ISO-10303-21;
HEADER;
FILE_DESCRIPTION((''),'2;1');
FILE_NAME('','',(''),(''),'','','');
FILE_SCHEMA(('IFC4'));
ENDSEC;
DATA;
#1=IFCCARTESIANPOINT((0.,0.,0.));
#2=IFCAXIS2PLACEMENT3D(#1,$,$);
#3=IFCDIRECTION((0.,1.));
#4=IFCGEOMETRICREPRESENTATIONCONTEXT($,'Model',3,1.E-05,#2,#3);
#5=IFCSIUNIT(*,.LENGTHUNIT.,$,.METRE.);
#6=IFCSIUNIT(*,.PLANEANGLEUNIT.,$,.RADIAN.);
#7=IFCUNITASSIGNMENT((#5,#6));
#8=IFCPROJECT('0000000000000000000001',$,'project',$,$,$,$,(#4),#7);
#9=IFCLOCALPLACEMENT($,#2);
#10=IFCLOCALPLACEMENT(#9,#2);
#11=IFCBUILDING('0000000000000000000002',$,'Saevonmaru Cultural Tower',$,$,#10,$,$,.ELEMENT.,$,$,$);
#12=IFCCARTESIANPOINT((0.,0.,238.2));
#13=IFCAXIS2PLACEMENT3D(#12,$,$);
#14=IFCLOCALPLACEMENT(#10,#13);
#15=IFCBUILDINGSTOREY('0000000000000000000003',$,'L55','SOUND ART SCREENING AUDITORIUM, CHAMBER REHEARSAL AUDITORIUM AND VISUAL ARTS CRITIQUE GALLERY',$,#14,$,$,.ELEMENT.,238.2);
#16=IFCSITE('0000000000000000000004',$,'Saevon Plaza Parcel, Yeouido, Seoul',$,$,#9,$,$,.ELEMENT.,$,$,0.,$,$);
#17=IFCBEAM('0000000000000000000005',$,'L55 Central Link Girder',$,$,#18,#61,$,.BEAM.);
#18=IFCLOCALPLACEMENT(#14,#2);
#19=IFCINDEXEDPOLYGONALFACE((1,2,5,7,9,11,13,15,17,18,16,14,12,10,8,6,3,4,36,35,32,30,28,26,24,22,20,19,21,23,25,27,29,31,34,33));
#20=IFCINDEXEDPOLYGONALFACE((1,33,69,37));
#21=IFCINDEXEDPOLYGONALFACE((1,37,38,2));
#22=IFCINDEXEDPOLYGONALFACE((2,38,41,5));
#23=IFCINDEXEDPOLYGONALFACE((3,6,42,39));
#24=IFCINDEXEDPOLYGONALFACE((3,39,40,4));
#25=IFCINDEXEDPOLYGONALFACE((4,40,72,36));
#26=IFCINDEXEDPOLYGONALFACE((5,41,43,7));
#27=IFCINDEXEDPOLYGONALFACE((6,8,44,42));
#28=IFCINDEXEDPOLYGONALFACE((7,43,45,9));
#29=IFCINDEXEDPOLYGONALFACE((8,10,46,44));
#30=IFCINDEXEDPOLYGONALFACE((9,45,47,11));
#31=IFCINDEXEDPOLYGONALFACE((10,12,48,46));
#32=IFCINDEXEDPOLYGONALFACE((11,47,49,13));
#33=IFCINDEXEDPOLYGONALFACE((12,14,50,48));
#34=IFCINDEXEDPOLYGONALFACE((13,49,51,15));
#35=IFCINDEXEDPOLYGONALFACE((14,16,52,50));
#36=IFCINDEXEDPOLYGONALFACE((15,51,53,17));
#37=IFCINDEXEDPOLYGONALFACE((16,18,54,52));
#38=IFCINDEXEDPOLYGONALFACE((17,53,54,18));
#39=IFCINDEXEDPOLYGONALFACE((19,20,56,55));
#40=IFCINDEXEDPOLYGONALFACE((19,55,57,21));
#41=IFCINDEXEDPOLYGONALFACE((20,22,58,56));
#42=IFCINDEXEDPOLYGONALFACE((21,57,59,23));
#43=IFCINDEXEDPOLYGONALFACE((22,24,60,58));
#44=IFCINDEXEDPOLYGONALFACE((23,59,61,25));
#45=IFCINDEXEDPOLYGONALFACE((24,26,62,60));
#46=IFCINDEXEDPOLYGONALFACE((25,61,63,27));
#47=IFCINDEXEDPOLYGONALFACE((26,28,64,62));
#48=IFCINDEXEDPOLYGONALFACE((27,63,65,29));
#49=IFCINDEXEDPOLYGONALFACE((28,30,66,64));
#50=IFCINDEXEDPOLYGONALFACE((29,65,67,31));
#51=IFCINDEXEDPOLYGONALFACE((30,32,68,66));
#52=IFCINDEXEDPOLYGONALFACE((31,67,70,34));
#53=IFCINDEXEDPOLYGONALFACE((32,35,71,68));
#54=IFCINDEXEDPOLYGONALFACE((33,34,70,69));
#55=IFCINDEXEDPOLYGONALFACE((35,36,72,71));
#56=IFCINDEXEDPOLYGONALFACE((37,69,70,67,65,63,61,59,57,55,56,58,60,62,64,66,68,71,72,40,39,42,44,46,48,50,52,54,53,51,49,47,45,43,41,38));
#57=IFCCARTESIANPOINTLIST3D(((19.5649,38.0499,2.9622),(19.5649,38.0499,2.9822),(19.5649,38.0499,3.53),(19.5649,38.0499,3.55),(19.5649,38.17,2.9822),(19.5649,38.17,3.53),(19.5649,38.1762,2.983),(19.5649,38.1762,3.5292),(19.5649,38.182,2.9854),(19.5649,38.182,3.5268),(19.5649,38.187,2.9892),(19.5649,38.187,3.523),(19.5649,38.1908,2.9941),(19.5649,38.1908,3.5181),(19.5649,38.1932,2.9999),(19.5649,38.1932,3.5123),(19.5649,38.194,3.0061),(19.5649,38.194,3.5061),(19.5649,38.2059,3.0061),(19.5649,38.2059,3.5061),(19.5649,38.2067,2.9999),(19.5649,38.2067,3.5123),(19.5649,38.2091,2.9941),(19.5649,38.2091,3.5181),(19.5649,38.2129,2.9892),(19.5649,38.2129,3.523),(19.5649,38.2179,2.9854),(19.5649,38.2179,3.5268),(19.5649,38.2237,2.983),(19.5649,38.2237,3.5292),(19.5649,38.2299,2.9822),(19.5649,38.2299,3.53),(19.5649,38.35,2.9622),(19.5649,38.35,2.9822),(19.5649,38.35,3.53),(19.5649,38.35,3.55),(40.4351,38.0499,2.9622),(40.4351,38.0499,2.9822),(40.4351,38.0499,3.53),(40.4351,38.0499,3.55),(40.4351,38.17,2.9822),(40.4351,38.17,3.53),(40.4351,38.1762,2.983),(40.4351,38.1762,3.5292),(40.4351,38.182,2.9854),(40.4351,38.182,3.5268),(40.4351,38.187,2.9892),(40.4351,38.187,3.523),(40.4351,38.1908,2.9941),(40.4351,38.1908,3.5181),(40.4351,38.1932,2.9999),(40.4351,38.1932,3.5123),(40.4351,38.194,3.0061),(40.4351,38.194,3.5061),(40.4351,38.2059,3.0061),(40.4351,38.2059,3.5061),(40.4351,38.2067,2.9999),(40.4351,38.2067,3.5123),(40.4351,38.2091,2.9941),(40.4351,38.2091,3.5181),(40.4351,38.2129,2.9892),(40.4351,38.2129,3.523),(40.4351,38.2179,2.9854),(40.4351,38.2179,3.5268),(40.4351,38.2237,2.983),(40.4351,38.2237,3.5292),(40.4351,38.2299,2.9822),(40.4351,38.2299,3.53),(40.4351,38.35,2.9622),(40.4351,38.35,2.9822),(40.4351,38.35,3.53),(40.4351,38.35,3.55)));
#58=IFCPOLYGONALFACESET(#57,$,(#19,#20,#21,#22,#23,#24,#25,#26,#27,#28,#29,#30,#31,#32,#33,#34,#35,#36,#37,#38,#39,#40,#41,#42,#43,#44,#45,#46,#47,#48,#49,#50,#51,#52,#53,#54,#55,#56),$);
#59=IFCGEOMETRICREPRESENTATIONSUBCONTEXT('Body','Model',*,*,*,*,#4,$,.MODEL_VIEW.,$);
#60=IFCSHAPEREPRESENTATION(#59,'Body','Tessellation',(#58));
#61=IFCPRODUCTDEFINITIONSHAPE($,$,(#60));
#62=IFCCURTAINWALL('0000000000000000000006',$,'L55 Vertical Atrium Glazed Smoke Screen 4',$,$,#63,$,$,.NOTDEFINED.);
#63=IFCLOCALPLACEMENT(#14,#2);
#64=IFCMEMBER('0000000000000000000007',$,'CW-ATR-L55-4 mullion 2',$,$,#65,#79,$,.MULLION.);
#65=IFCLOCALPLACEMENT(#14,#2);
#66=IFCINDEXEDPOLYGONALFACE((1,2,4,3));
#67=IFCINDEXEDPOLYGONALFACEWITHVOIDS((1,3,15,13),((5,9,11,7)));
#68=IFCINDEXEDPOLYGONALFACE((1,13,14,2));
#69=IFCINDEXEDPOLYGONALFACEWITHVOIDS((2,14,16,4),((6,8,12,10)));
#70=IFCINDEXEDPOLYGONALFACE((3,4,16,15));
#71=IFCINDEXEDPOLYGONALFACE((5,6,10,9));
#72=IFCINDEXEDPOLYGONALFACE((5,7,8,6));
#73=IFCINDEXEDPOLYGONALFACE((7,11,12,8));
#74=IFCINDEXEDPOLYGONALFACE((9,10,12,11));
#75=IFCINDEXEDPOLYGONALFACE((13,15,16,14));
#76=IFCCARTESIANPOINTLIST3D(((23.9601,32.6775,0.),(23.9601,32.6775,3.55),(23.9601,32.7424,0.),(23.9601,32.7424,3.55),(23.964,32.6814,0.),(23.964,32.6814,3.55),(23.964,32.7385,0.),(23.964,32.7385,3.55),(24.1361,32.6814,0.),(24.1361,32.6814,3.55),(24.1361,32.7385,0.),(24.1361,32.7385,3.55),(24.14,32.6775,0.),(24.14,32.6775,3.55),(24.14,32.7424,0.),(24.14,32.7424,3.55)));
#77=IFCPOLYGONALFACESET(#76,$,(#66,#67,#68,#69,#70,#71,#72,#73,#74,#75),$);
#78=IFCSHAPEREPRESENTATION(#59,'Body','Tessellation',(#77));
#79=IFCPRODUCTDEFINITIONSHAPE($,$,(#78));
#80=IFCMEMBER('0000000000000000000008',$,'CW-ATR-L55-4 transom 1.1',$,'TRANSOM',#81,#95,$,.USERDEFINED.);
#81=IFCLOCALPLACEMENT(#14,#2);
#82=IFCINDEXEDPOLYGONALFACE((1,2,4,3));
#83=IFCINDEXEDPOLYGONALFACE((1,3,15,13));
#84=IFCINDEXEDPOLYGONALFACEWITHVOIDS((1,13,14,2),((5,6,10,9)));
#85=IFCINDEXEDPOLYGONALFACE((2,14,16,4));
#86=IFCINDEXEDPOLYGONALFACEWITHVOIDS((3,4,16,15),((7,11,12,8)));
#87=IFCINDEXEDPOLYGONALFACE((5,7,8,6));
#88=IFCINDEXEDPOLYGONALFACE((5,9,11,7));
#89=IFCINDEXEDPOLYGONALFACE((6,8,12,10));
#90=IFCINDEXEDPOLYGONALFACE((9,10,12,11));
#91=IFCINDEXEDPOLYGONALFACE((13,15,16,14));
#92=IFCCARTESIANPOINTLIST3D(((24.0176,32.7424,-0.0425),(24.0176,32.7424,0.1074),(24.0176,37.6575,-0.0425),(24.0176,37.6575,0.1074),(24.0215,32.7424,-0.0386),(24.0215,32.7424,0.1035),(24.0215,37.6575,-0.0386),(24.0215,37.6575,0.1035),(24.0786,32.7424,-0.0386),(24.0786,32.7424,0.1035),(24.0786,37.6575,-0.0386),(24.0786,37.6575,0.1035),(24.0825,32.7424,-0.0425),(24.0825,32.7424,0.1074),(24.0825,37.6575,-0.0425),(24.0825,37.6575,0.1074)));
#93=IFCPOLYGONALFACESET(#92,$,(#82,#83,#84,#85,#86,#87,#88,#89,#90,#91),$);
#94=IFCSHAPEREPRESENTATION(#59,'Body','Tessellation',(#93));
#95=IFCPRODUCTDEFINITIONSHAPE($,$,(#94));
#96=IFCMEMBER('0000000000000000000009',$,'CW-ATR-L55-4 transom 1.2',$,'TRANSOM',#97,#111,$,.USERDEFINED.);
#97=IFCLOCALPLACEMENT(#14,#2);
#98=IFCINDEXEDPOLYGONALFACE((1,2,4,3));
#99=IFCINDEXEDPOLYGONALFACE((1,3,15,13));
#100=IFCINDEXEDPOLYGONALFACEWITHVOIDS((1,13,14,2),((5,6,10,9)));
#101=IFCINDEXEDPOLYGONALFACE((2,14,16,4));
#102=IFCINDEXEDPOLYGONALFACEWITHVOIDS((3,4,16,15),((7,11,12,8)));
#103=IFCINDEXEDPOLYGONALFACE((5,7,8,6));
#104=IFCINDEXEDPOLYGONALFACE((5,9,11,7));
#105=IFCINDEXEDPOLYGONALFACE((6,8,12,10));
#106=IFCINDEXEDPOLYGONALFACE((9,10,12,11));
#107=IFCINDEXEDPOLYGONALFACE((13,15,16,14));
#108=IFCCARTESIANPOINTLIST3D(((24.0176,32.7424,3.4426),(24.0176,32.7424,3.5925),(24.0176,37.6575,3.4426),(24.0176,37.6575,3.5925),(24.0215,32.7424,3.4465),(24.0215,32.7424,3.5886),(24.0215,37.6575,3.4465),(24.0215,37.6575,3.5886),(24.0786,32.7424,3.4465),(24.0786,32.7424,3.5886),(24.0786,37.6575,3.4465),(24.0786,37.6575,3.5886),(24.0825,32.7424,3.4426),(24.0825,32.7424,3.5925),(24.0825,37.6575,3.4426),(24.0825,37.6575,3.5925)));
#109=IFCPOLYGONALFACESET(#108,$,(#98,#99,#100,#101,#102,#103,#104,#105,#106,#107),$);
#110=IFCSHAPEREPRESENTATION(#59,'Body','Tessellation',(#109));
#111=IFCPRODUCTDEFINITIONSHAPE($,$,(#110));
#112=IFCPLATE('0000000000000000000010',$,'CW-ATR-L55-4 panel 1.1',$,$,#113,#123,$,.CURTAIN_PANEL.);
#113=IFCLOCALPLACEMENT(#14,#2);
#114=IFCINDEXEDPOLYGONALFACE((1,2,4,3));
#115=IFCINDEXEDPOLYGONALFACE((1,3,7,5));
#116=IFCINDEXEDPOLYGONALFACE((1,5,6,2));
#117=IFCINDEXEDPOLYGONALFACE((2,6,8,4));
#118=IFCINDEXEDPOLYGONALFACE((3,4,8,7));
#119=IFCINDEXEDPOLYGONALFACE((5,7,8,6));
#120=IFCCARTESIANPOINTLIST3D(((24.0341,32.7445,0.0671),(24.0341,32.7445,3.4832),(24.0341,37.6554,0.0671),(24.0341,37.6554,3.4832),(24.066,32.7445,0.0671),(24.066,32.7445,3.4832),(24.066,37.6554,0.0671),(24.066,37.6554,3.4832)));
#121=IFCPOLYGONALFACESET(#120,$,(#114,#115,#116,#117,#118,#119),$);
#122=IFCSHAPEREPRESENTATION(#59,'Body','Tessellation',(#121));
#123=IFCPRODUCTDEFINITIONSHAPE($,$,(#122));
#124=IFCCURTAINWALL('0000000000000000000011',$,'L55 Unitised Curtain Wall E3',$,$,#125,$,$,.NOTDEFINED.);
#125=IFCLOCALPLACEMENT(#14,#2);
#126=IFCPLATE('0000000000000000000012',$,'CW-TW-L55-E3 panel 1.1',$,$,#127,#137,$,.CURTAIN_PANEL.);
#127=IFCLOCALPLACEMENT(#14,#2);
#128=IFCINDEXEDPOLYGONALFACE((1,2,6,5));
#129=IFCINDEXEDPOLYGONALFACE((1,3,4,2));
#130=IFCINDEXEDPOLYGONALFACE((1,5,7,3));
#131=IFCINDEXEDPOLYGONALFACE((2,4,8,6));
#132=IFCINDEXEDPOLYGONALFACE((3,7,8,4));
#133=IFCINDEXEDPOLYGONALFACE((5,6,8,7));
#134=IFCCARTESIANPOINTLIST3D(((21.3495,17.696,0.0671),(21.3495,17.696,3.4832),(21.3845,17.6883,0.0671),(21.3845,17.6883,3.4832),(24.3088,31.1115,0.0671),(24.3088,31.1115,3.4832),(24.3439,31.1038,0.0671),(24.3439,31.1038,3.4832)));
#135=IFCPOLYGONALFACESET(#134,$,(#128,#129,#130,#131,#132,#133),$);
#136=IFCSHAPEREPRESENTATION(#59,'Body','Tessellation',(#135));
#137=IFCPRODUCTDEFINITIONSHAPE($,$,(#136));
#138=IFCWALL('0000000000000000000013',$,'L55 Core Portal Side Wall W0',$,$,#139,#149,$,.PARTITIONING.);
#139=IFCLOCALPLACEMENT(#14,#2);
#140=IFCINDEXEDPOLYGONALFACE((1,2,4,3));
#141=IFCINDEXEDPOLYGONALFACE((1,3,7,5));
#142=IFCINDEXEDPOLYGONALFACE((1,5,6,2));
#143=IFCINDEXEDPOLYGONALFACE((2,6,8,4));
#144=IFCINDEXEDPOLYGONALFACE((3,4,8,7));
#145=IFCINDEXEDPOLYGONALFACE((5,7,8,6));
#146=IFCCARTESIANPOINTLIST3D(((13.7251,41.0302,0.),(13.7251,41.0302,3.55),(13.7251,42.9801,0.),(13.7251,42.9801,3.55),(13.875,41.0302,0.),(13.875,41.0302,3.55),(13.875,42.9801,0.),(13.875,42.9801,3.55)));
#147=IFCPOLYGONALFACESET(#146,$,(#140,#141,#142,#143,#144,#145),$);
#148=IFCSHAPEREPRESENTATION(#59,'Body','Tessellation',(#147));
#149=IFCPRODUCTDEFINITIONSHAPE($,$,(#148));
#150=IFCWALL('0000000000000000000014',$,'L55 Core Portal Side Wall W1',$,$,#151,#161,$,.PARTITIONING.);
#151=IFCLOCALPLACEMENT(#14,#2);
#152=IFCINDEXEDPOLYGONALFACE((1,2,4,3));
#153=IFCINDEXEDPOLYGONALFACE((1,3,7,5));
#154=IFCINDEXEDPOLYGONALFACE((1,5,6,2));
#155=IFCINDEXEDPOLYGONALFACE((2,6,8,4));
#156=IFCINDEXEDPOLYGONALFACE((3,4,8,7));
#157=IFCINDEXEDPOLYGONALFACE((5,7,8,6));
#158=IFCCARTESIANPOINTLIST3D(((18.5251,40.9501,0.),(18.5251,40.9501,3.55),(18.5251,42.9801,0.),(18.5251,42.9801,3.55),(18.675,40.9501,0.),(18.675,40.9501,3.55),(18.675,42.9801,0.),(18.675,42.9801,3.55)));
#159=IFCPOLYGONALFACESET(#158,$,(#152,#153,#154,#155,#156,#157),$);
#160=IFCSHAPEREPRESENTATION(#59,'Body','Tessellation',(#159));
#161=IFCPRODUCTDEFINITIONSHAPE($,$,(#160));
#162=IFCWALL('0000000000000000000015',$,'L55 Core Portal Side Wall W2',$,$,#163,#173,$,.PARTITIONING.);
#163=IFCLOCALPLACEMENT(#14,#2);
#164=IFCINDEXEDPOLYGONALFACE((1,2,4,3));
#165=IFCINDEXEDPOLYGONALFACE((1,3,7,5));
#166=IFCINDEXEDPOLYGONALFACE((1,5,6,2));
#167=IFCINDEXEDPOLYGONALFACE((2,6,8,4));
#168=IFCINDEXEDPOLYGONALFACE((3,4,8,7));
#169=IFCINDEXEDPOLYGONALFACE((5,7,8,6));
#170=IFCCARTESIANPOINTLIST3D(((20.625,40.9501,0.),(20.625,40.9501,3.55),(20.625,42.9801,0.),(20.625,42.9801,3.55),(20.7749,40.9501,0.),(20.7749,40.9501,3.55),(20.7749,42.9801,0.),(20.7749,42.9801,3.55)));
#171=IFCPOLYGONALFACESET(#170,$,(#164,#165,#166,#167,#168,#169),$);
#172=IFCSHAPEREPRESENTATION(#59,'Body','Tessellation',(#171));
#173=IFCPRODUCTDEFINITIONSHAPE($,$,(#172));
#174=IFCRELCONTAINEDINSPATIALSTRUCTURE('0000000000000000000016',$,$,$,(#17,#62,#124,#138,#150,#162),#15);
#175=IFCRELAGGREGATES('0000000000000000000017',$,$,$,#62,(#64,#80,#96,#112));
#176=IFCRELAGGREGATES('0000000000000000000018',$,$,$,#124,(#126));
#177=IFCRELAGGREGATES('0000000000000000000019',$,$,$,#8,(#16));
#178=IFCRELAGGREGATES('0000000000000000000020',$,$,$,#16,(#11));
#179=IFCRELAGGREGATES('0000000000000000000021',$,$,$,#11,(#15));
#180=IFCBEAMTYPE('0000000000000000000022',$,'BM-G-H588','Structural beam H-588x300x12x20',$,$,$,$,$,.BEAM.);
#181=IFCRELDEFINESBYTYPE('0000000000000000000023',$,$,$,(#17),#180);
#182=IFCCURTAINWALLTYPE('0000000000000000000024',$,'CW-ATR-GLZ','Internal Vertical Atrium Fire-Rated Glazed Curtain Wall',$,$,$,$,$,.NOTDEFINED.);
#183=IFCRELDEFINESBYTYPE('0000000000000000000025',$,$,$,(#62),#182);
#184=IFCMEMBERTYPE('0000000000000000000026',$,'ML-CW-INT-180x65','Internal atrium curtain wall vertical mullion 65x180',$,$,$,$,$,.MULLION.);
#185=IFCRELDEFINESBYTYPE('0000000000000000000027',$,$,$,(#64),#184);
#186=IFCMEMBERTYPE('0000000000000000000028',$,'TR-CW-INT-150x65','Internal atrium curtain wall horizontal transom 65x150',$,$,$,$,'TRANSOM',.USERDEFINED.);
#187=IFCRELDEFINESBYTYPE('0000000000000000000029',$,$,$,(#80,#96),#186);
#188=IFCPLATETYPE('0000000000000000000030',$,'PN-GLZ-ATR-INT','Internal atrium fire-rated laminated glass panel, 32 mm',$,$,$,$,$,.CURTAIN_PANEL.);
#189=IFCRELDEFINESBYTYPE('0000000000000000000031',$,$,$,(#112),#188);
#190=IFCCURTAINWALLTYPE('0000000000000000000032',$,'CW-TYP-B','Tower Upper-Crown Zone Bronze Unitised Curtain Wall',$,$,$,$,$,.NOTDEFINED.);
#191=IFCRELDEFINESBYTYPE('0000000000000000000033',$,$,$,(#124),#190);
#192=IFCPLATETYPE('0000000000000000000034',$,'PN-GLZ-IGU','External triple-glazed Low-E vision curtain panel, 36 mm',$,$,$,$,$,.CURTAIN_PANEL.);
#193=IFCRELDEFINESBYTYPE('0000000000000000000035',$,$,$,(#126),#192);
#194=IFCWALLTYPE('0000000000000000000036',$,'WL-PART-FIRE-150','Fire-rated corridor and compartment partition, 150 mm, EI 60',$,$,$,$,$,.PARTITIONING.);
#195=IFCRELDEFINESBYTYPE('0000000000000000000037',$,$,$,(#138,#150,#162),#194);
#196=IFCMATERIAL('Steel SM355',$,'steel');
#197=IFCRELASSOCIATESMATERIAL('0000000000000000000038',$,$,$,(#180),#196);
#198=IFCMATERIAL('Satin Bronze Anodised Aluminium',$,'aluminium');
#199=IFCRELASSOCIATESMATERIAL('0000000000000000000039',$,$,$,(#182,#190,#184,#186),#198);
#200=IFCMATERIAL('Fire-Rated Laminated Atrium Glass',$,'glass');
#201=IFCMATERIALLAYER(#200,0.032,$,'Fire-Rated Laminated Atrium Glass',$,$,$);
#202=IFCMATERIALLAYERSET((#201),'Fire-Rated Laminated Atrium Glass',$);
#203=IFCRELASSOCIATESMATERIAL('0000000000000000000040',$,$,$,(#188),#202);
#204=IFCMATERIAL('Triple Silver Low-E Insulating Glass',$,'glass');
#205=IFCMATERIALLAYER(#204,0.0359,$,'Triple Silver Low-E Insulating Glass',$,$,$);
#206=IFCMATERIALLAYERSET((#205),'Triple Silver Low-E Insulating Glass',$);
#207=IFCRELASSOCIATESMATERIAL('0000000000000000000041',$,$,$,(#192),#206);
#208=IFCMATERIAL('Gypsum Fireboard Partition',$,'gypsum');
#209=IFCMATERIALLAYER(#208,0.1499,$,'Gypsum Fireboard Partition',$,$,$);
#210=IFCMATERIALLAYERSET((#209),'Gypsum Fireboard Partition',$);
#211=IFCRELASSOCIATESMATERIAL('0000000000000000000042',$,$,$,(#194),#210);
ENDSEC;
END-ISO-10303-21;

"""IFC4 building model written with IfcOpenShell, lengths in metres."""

from ifc_helpers import new_model, si_unit, direction, frame, frame_2d, origin, origin_2d, place, context, subcontext, project, spatial, rectangle, hollow_rectangle, i_section, extrude, material, layer, layer_set, material_profile, profile_set, type_object, element, aggregate, save


model = new_model("IFC4")

# Units and contexts
model_context = context("Model", 3, precision=1e-05, world=origin(), true_north=direction((0.0, 1.0)))
body_context = subcontext(model_context, "Body", "Model", "MODEL_VIEW")
ifc_project = project(units=[si_unit("LENGTHUNIT", "METRE"), si_unit("PLANEANGLEUNIT", "RADIAN")], contexts=[model_context])

# Site, building, storey
site_placement = place(None, origin())
site = spatial("IfcSite", under=ifc_project, at=site_placement, Name="Saevon Plaza Parcel, Yeouido, Seoul", CompositionType="ELEMENT", RefElevation=0.0)
building_placement = place(site_placement, origin())
building = spatial("IfcBuilding", under=site, at=building_placement, Name="Saevonmaru Cultural Tower", CompositionType="ELEMENT")
storey_placement = place(building_placement, frame((0.0, 0.0, 238.2)))
storey = spatial("IfcBuildingStorey", under=building, at=storey_placement, Name="L55", Description="SOUND ART SCREENING AUDITORIUM, CHAMBER REHEARSAL AUDITORIUM AND VISUAL ARTS CRITIQUE GALLERY", CompositionType="ELEMENT", Elevation=238.2)

# Shared definitions
ifc_material_1 = material(Name="Steel SM355", Category="steel")

# Beam
ifc_material_profile_1 = material_profile(ifc_material_1, i_section(OverallWidth=0.3, OverallDepth=0.5879, WebThickness=0.012, FlangeThickness=0.02, FilletRadius=0.0239, at=origin_2d()), Name="H-588x300x12x20")
ifc_profile_set_1 = profile_set([ifc_material_profile_1], Name="Steel SM355")
beam_type = type_object("IfcBeamType", Name="BM-G-H588", Description="Structural beam H-588x300x12x20", PredefinedType="BEAM", material=ifc_profile_set_1)
beam_1_placement = place(storey_placement, frame((19.5649, 38.2, 3.2561), z_axis=(1.0, 0.0, 0.0), x_axis=(0.0, 1.0, 0.0)))
element("IfcBeam", 1, at=beam_1_placement, inside=storey, type_object=beam_type, Name="L55 Central Link Girder", PredefinedType="BEAM", context=body_context, shape_type="SweptSolid", body=[
    extrude(i_section(OverallWidth=0.3, OverallDepth=0.5879, WebThickness=0.012, FlangeThickness=0.02, FilletRadius=0.0239, at=origin_2d()), origin(), (0.0, 0.0, 1.0), 20.8701),
])

# Curtain wall, members, plate
ifc_material_2 = material(Name="Satin Bronze Anodised Aluminium", Category="aluminium")
curtain_wall_type_1 = type_object("IfcCurtainWallType", Name="CW-ATR-GLZ", Description="Internal Vertical Atrium Fire-Rated Glazed Curtain Wall", PredefinedType="NOTDEFINED", material=ifc_material_2)
curtain_wall_1_placement = place(storey_placement, origin())
curtain_wall_1 = element("IfcCurtainWall", 2, at=curtain_wall_1_placement, inside=storey, type_object=curtain_wall_type_1, Name="L55 Vertical Atrium Glazed Smoke Screen 4", PredefinedType="NOTDEFINED")
ifc_material_profile_2 = material_profile(ifc_material_2, hollow_rectangle(XDim=0.0649, YDim=0.1799, WallThickness=0.0039, at=origin_2d()), Name="ALU-MULL-180x65x4")
ifc_profile_set_2 = profile_set([ifc_material_profile_2], Name="Satin Bronze Anodised Aluminium")
member_type_1 = type_object("IfcMemberType", Name="ML-CW-INT-180x65", Description="Internal atrium curtain wall vertical mullion 65x180", PredefinedType="MULLION", material=ifc_profile_set_2)
member_1_placement = place(storey_placement, frame((24.05, 32.71, 0.0), z_axis=(0.0, 0.0, 1.0), x_axis=(0.0, -1.0, 0.0)))
member_1 = element("IfcMember", 3, at=member_1_placement, type_object=member_type_1, Name="CW-ATR-L55-4 mullion 2", PredefinedType="MULLION", context=body_context, shape_type="SweptSolid", body=[
    extrude(hollow_rectangle(XDim=0.0649, YDim=0.1799, WallThickness=0.0039, at=origin_2d()), origin(), (0.0, 0.0, 1.0), 3.55),
])
ifc_material_profile_3 = material_profile(ifc_material_2, hollow_rectangle(XDim=0.0649, YDim=0.1499, WallThickness=0.0039, at=origin_2d()), Name="ALU-TRAN-150x65x4")
ifc_profile_set_3 = profile_set([ifc_material_profile_3], Name="Satin Bronze Anodised Aluminium")
member_type_2 = type_object("IfcMemberType", Name="TR-CW-INT-150x65", Description="Internal atrium curtain wall horizontal transom 65x150", ElementType="TRANSOM", PredefinedType="USERDEFINED", material=ifc_profile_set_3)
member_2_placement = place(storey_placement, frame((24.05, 37.6575, 0.0325), z_axis=(0.0, -1.0, 0.0), x_axis=(1.0, 0.0, 0.0)))
member_2 = element("IfcMember", 4, at=member_2_placement, type_object=member_type_2, Name="CW-ATR-L55-4 transom 1.1", ObjectType="TRANSOM", PredefinedType="USERDEFINED", context=body_context, shape_type="SweptSolid", body=[
    extrude(hollow_rectangle(XDim=0.0649, YDim=0.1499, WallThickness=0.0039, at=origin_2d()), origin(), (0.0, 0.0, 1.0), 4.915),
])
member_3_placement = place(storey_placement, frame((24.05, 37.6575, 3.5176), z_axis=(0.0, -1.0, 0.0), x_axis=(1.0, 0.0, 0.0)))
member_3 = element("IfcMember", 5, at=member_3_placement, type_object=member_type_2, Name="CW-ATR-L55-4 transom 1.2", ObjectType="TRANSOM", PredefinedType="USERDEFINED", context=body_context, shape_type="SweptSolid", body=[
    extrude(hollow_rectangle(XDim=0.0649, YDim=0.1499, WallThickness=0.0039, at=origin_2d()), origin(), (0.0, 0.0, 1.0), 4.915),
])
ifc_material_3 = material(Name="Fire-Rated Laminated Atrium Glass", Category="glass")
ifc_layer_1 = layer(ifc_material_3, 0.032, Name="Fire-Rated Laminated Atrium Glass")
ifc_layer_set_1 = layer_set([ifc_layer_1], Name="Fire-Rated Laminated Atrium Glass")
plate_type_1 = type_object("IfcPlateType", Name="PN-GLZ-ATR-INT", Description="Internal atrium fire-rated laminated glass panel, 32 mm", PredefinedType="CURTAIN_PANEL", material=ifc_layer_set_1)
plate_1_placement = place(storey_placement, frame((24.05, 35.2, 0.0671), z_axis=(0.0, 0.0, 1.0), x_axis=(0.0, -1.0, 0.0)))
plate_1 = element("IfcPlate", 6, at=plate_1_placement, type_object=plate_type_1, Name="CW-ATR-L55-4 panel 1.1", PredefinedType="CURTAIN_PANEL", context=body_context, shape_type="SweptSolid", body=[
    extrude(rectangle(XDim=4.9109, YDim=0.032, at=origin_2d()), origin(), (0.0, 0.0, 1.0), 3.416),
])
aggregate(curtain_wall_1, [member_1, member_2, member_3, plate_1])

# Curtain wall, plate
curtain_wall_type_2 = type_object("IfcCurtainWallType", Name="CW-TYP-B", Description="Tower Upper-Crown Zone Bronze Unitised Curtain Wall", PredefinedType="NOTDEFINED", material=ifc_material_2)
curtain_wall_2_placement = place(storey_placement, origin())
curtain_wall_2 = element("IfcCurtainWall", 7, at=curtain_wall_2_placement, inside=storey, type_object=curtain_wall_type_2, Name="L55 Unitised Curtain Wall E3", PredefinedType="NOTDEFINED")
ifc_material_4 = material(Name="Triple Silver Low-E Insulating Glass", Category="glass")
ifc_layer_2 = layer(ifc_material_4, 0.0359, Name="Triple Silver Low-E Insulating Glass")
ifc_layer_set_2 = layer_set([ifc_layer_2], Name="Triple Silver Low-E Insulating Glass")
plate_type_2 = type_object("IfcPlateType", Name="PN-GLZ-IGU", Description="External triple-glazed Low-E vision curtain panel, 36 mm", PredefinedType="CURTAIN_PANEL", material=ifc_layer_set_2)
plate_2_placement = place(storey_placement, frame((22.8467, 24.3999, 0.0671), z_axis=(0.0, 0.0, 1.0), x_axis=(0.215413, 0.976523, 0.0)))
plate_2 = element("IfcPlate", 8, at=plate_2_placement, type_object=plate_type_2, Name="CW-TW-L55-E3 panel 1.1", PredefinedType="CURTAIN_PANEL", context=body_context, shape_type="SweptSolid", body=[
    extrude(rectangle(XDim=13.738, YDim=0.0359, at=origin_2d()), origin(), (0.0, 0.0, 1.0), 3.416),
])
aggregate(curtain_wall_2, [plate_2])

# Shared definitions
ifc_material_5 = material(Name="Gypsum Fireboard Partition", Category="gypsum")
ifc_layer_3 = layer(ifc_material_5, 0.1499, Name="Gypsum Fireboard Partition")
ifc_layer_set_3 = layer_set([ifc_layer_3], Name="Gypsum Fireboard Partition")
wall_type = type_object("IfcWallType", Name="WL-PART-FIRE-150", Description="Fire-rated corridor and compartment partition, 150 mm, EI 60", PredefinedType="PARTITIONING", material=ifc_layer_set_3)

# Walls
wall_1_placement = place(storey_placement, frame((13.8, 41.03, 0.0), z_axis=(0.0, 0.0, 1.0), x_axis=(0.0, 1.0, 0.0)))
element("IfcWall", 9, at=wall_1_placement, inside=storey, type_object=wall_type, Name="L55 Core Portal Side Wall W0", PredefinedType="PARTITIONING", context=body_context, shape_type="SweptSolid", body=[
    extrude(rectangle(XDim=1.95, YDim=0.1499, at=frame_2d((0.9751, 0.0))), origin(), (0.0, 0.0, 1.0), 3.55),
])
for number, where, z_axis, x_axis, name in (
    (10, (18.6001, 40.95, 0.0), (0.0, 0.0, 1.0), (0.0, 1.0, 0.0), "L55 Core Portal Side Wall W1"),
    (11, (20.7, 40.95, 0.0), (0.0, 0.0, 1.0), (0.0, 1.0, 0.0), "L55 Core Portal Side Wall W2"),
):
    element("IfcWall", number, at=place(storey_placement, frame(where, z_axis=z_axis, x_axis=x_axis)), inside=storey, type_object=wall_type, Name=name, PredefinedType="PARTITIONING", context=body_context, shape_type="SweptSolid", body=[
        extrude(rectangle(XDim=2.03, YDim=0.1499, at=frame_2d((1.0151, 0.0))), origin(), (0.0, 0.0, 1.0), 3.55),
    ])

save(model, "model.ifc")
